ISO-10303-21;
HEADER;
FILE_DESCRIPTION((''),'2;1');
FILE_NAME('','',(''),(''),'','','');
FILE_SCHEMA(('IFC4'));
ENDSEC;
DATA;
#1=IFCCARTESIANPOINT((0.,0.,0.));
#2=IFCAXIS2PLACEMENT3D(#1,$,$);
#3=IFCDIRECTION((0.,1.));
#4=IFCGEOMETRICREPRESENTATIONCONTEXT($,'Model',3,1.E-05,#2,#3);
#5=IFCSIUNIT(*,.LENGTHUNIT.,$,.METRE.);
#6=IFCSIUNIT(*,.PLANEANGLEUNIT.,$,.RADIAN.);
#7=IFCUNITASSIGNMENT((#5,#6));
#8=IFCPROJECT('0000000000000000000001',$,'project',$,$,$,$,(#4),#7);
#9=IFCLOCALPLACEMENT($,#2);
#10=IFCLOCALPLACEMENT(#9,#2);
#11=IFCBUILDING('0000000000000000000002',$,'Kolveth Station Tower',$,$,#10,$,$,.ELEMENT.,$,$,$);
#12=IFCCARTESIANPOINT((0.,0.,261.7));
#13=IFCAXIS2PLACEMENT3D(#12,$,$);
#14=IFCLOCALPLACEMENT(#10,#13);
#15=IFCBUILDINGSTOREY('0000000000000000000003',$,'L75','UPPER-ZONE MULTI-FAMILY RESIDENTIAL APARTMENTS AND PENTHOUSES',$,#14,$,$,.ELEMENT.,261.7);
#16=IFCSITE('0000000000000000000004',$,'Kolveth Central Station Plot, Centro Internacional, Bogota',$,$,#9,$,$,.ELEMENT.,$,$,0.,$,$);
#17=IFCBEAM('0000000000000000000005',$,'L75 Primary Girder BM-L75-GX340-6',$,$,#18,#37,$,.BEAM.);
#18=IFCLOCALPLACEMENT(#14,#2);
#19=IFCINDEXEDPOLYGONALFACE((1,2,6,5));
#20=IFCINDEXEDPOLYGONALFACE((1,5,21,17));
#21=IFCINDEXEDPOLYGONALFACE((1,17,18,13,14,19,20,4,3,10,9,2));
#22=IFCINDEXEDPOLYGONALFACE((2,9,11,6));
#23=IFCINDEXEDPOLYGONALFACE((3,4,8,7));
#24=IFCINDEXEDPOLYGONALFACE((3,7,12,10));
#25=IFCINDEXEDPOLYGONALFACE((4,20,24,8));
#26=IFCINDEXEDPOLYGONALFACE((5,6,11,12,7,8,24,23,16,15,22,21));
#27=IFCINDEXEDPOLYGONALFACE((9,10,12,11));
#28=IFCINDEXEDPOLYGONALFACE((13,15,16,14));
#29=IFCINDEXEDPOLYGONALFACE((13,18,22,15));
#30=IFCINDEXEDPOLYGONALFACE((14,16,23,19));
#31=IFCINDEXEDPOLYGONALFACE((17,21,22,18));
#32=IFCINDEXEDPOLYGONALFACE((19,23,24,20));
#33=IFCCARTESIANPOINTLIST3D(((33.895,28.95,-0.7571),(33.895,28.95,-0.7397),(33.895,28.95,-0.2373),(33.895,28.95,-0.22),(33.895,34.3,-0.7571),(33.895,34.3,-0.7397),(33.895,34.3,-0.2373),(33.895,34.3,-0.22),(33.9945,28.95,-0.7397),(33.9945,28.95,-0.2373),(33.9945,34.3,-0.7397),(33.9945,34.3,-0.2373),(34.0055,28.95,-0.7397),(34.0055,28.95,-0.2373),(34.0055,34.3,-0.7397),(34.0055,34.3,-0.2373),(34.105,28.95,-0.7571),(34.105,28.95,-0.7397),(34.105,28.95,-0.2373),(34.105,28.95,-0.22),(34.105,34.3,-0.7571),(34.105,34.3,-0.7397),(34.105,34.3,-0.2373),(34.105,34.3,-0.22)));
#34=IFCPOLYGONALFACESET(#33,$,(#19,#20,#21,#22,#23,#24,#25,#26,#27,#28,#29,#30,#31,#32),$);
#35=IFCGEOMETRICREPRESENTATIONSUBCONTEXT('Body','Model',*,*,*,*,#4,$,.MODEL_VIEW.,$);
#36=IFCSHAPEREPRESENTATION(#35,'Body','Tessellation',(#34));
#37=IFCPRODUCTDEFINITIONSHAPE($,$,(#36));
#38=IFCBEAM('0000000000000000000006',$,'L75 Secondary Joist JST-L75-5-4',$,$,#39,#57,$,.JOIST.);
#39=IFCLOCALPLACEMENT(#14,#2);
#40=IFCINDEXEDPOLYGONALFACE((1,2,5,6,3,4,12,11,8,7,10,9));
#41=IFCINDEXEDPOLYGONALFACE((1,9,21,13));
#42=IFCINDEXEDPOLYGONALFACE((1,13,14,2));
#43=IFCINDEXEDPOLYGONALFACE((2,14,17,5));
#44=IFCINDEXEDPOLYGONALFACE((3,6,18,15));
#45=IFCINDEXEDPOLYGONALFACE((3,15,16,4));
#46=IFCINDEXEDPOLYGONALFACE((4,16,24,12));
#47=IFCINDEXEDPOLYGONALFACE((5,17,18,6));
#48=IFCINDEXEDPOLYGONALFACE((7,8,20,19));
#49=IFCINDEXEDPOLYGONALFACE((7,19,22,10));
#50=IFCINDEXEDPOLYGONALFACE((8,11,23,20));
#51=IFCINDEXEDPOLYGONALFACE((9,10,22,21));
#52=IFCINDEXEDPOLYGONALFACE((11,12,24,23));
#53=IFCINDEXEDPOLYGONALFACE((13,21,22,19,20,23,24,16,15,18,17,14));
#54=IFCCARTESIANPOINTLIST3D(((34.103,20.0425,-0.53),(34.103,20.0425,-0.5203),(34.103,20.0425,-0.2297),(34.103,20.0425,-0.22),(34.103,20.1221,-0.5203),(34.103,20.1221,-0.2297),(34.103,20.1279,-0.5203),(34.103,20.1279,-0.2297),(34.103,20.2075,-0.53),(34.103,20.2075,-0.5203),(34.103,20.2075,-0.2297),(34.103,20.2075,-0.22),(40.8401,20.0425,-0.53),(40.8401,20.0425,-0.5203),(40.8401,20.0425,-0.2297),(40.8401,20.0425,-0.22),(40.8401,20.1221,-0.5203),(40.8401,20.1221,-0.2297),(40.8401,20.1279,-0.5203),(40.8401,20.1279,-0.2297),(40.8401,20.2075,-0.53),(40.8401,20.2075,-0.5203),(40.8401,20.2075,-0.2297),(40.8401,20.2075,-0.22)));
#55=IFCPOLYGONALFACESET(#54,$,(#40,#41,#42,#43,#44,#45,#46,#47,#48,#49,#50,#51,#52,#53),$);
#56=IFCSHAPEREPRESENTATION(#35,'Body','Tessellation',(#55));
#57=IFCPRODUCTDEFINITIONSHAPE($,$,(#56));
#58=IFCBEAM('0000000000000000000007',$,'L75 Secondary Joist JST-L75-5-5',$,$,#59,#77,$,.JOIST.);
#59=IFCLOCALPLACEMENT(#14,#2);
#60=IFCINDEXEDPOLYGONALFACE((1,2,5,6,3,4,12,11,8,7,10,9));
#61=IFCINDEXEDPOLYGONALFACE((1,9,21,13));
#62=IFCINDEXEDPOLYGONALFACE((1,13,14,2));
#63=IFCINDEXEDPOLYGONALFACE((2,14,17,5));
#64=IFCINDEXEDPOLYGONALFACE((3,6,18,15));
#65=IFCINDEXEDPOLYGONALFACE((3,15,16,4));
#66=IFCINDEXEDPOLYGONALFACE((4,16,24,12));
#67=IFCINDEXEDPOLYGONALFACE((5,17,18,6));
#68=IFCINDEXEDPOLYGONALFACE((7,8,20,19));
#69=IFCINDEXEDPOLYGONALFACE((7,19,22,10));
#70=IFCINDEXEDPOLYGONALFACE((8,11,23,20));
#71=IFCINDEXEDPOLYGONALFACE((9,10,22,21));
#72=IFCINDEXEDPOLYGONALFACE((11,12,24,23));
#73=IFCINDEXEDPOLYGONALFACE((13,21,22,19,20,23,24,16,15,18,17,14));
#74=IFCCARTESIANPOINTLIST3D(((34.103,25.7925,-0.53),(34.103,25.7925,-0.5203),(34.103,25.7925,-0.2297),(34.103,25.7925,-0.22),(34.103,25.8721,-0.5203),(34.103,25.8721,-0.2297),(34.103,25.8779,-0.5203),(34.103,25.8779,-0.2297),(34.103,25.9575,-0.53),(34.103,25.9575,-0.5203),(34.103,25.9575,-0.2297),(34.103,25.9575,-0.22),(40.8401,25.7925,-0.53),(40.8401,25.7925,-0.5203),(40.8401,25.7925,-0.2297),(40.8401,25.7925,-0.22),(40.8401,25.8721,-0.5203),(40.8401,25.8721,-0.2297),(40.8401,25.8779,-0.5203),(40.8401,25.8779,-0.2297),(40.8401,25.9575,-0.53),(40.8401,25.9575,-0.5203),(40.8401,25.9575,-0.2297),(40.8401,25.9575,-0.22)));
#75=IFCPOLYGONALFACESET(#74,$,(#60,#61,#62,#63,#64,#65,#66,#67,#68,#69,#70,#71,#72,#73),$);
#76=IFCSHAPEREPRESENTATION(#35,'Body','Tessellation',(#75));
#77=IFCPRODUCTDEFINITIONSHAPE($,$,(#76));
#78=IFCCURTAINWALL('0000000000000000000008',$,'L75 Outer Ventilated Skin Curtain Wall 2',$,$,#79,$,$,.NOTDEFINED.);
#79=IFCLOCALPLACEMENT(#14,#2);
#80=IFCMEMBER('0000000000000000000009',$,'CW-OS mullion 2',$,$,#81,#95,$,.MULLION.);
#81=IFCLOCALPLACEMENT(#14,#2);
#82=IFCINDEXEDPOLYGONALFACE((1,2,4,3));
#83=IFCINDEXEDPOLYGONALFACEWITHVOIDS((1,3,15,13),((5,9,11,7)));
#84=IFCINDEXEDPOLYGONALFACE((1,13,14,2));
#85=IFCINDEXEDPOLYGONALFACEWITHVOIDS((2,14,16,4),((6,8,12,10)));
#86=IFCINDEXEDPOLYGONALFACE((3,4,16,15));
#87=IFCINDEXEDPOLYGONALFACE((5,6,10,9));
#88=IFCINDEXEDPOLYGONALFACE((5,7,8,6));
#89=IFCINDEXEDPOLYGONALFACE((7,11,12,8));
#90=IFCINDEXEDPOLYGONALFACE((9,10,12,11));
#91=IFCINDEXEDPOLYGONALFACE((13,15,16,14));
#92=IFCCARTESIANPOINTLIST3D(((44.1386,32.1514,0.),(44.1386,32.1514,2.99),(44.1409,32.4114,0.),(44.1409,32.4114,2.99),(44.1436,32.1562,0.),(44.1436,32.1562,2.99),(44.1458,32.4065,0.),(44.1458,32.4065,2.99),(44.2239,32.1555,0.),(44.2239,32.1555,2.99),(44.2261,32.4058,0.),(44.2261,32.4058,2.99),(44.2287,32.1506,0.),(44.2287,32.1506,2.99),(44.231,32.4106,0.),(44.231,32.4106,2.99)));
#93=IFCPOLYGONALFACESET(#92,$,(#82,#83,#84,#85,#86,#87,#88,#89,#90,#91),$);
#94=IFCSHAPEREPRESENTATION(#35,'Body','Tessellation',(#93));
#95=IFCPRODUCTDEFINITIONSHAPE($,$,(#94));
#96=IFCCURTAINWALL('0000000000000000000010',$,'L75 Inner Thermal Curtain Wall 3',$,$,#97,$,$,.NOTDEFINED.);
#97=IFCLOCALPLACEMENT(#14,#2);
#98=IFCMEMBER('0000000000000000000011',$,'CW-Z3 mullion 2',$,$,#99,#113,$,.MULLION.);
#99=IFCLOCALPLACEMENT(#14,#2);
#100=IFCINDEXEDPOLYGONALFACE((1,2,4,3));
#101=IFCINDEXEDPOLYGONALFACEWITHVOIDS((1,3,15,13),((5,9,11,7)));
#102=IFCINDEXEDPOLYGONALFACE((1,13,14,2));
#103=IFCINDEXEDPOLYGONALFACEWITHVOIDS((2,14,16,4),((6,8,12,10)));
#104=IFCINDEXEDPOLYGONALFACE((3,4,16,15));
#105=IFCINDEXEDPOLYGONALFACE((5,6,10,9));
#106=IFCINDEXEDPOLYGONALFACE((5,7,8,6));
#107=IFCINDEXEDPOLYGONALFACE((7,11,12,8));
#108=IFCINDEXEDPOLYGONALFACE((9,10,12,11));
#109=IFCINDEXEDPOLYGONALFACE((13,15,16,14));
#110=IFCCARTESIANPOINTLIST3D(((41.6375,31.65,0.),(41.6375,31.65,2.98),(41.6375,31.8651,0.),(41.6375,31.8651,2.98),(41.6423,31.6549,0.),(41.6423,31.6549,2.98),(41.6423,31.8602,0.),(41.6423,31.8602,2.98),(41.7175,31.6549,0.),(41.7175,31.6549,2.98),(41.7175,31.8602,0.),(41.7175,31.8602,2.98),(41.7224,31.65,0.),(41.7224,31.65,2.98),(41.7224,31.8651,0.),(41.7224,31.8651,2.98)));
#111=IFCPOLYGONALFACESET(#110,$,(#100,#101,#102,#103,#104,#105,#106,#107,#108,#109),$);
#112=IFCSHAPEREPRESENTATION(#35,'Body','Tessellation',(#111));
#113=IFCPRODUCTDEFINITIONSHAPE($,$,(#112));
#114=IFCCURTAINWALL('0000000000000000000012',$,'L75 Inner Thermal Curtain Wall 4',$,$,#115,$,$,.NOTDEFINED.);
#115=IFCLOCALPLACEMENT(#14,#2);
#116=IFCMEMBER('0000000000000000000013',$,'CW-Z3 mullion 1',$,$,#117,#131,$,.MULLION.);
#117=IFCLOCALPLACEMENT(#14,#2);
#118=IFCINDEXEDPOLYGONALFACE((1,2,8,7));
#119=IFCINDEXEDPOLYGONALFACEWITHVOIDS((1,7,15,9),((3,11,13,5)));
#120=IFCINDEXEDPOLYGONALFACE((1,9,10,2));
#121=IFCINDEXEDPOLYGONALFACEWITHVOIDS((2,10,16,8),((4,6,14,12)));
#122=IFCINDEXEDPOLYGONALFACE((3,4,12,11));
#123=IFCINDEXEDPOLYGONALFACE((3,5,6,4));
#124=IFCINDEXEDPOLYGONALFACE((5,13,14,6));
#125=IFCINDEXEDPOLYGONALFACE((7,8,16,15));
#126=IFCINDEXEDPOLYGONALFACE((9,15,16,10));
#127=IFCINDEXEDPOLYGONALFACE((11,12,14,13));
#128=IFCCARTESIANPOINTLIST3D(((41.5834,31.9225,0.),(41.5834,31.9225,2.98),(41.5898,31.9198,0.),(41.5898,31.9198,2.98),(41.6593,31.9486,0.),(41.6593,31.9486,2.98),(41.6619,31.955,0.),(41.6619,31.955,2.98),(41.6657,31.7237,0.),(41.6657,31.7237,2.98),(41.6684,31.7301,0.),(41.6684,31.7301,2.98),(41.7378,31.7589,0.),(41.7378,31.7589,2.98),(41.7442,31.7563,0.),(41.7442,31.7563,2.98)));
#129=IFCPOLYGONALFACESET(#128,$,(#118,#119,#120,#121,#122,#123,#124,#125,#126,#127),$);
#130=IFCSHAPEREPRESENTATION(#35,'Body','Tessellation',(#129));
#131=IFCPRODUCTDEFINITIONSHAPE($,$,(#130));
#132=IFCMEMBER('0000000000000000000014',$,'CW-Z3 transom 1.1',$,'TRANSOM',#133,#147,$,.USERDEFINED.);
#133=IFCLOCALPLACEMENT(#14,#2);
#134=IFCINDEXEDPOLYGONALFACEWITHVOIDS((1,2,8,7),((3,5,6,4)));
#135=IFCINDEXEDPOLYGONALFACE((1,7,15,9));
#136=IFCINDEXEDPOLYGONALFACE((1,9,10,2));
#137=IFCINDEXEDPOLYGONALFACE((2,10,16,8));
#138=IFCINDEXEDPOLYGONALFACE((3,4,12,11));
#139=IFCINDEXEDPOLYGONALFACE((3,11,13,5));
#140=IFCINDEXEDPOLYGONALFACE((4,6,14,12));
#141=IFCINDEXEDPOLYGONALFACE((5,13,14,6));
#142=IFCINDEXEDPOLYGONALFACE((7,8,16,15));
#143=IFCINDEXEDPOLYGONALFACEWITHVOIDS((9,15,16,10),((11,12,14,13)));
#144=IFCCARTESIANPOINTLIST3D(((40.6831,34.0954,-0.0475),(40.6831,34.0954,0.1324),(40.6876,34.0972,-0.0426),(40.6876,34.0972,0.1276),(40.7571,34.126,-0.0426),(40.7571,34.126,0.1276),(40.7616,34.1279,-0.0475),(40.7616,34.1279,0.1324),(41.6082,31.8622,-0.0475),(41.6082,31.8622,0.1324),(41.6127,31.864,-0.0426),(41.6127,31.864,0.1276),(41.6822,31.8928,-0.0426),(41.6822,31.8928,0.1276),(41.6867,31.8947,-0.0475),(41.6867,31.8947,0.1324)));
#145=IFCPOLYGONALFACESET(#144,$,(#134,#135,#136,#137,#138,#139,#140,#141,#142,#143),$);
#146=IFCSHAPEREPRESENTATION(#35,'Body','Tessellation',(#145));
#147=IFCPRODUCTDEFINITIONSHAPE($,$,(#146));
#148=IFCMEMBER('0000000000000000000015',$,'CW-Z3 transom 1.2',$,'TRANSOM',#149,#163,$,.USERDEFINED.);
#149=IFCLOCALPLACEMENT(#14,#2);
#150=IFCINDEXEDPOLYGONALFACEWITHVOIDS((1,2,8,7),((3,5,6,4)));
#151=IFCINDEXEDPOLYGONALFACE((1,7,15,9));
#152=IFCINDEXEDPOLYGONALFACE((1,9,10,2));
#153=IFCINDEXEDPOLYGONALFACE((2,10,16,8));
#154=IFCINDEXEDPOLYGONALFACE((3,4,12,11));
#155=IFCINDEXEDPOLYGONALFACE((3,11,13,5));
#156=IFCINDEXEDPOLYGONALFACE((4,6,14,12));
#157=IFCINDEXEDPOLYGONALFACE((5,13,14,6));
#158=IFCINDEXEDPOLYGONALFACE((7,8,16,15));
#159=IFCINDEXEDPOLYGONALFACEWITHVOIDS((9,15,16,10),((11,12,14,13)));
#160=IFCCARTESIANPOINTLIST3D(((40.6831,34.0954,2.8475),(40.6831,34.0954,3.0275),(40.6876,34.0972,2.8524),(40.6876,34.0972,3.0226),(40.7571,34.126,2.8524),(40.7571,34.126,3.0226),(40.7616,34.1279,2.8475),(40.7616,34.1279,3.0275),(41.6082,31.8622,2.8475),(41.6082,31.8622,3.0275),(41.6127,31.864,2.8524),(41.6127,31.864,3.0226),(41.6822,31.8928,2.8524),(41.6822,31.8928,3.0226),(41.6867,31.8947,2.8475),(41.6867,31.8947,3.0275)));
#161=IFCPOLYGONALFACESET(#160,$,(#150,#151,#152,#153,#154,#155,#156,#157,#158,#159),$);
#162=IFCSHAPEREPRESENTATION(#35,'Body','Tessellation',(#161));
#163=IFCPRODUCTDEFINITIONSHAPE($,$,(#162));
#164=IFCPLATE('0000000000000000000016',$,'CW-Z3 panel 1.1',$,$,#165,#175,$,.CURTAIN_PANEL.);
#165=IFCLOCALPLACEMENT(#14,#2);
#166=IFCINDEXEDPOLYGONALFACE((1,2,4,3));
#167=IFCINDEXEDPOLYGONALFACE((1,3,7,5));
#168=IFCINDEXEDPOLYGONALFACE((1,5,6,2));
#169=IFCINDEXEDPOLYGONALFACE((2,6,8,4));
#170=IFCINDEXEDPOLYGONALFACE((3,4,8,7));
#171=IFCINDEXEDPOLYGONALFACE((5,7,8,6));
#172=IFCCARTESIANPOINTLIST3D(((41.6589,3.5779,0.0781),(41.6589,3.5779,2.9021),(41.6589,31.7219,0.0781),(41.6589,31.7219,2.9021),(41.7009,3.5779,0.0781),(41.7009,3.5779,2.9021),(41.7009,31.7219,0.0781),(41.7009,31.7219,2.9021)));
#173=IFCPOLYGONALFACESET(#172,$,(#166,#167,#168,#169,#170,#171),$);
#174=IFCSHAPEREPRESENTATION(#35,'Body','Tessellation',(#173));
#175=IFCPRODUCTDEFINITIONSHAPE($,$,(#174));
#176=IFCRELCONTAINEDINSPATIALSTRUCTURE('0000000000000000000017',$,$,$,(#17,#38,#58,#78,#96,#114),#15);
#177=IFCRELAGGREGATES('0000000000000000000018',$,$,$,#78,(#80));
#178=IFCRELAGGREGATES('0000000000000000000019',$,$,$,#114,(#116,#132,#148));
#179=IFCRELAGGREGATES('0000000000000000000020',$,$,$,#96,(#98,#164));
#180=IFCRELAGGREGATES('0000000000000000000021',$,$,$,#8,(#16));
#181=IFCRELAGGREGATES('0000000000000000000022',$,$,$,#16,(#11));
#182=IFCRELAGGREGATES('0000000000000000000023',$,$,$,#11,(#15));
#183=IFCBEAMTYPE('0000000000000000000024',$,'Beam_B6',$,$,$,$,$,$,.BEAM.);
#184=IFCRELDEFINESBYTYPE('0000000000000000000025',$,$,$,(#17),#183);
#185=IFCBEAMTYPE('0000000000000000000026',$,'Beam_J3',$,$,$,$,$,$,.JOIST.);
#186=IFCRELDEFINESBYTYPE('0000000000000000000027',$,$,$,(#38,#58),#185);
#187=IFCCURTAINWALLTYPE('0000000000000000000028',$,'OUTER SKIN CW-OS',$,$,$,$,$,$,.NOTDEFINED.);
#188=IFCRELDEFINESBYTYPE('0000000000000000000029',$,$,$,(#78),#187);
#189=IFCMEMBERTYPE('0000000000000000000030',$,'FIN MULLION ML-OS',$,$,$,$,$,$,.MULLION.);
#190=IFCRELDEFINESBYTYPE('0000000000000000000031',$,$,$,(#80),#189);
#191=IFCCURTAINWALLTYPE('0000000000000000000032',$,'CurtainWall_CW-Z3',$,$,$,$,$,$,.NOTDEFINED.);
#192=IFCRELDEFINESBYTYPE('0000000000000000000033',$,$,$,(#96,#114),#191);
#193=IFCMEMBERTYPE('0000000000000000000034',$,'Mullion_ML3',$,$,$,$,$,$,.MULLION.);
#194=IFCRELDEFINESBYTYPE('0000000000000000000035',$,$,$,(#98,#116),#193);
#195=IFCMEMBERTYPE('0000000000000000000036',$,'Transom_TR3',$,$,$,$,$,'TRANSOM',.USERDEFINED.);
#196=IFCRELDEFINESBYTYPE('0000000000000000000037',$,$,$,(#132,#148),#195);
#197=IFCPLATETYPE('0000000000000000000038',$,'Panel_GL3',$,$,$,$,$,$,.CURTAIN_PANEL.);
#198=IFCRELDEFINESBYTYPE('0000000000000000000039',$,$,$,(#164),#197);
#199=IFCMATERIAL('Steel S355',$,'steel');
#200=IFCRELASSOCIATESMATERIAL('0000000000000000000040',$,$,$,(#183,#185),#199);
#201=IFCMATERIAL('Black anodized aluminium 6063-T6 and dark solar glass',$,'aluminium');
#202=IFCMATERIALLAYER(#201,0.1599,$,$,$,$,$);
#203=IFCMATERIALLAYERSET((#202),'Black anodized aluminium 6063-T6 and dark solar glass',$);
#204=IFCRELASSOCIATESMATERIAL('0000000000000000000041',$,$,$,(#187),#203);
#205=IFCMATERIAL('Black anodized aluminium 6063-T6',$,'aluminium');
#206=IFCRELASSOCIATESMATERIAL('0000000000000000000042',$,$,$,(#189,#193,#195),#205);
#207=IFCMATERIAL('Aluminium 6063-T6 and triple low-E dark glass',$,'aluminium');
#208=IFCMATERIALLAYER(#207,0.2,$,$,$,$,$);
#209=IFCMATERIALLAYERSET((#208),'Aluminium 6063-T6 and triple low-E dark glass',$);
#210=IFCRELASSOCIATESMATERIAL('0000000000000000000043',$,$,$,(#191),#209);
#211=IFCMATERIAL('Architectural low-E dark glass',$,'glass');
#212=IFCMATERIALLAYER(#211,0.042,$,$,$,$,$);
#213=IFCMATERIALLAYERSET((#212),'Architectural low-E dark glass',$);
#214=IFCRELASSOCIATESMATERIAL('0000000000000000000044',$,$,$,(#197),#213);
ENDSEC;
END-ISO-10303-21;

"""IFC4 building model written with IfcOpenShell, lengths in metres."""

from ifc_helpers import new_model, si_unit, direction, frame, origin, origin_2d, place, context, subcontext, project, spatial, rectangle, hollow_rectangle, i_section, extrude, source, transform, mapped, material, layer, layer_set, material_profile, profile_set, type_object, element, aggregate, save


model = new_model("IFC4")

# Units and contexts
model_context = context("Model", 3, precision=1e-05, world=origin(), true_north=direction((0.0, 1.0)))
body_context = subcontext(model_context, "Body", "Model", "MODEL_VIEW")
ifc_project = project(units=[si_unit("LENGTHUNIT", "METRE"), si_unit("PLANEANGLEUNIT", "RADIAN")], contexts=[model_context])

# Site, building, storey
site_placement = place(None, origin())
site = spatial("IfcSite", under=ifc_project, at=site_placement, Name="Kolveth Central Station Plot, Centro Internacional, Bogota", CompositionType="ELEMENT", RefElevation=0.0)
building_placement = place(site_placement, origin())
building = spatial("IfcBuilding", under=site, at=building_placement, Name="Kolveth Station Tower", CompositionType="ELEMENT")
storey_placement = place(building_placement, frame((0.0, 0.0, 261.7)))
storey = spatial("IfcBuildingStorey", under=building, at=storey_placement, Name="L75", Description="UPPER-ZONE MULTI-FAMILY RESIDENTIAL APARTMENTS AND PENTHOUSES", CompositionType="ELEMENT", Elevation=261.7)

# Shared definitions
ifc_material_1 = material(Name="Steel S355", Category="steel")

# Beams
ifc_material_profile_1 = material_profile(ifc_material_1, i_section(OverallWidth=0.21, OverallDepth=0.5371, WebThickness=0.011, FlangeThickness=0.0173, at=origin_2d()), Name="W530x101")
ifc_profile_set_1 = profile_set([ifc_material_profile_1], Name="Steel S355")
beam_type_1 = type_object("IfcBeamType", Name="Beam_B6", PredefinedType="BEAM", material=ifc_profile_set_1)
shared_shape_1 = source(origin(), body_context, "Body", "SweptSolid", [
    extrude(i_section(OverallWidth=0.21, OverallDepth=0.5371, WebThickness=0.011, FlangeThickness=0.0173, at=origin_2d()), origin(), (0.0, 0.0, 1.0), 5.3501),
])
beam_1_placement = place(storey_placement, frame((34.0, 28.95, -0.4885), z_axis=(0.0, 1.0, 0.0), x_axis=(-1.0, 0.0, 0.0)))
element("IfcBeam", 1, at=beam_1_placement, inside=storey, type_object=beam_type_1, Name="L75 Primary Girder BM-L75-GX340-6", PredefinedType="BEAM", context=body_context, shape_type="MappedRepresentation", body=[
    mapped(shared_shape_1, transform((0.0, 0.0, 0.0), x_axis=(1.0, 0.0, 0.0), y_axis=(0.0, 1.0, 0.0), z_axis=(0.0, 0.0, 1.0), scale=1.0)),
])
ifc_material_profile_2 = material_profile(ifc_material_1, i_section(OverallWidth=0.165, OverallDepth=0.3101, WebThickness=0.0059, FlangeThickness=0.0098, at=origin_2d()), Name="W310x39")
ifc_profile_set_2 = profile_set([ifc_material_profile_2], Name="Steel S355")
beam_type_2 = type_object("IfcBeamType", Name="Beam_J3", PredefinedType="JOIST", material=ifc_profile_set_2)
shared_shape_2 = source(origin(), body_context, "Body", "SweptSolid", [
    extrude(i_section(OverallWidth=0.165, OverallDepth=0.3101, WebThickness=0.0059, FlangeThickness=0.0098, at=origin_2d()), origin(), (0.0, 0.0, 1.0), 6.7371),
])
for number, where, z_axis, x_axis, name in (
    (2, (34.103, 20.125, -0.375), (1.0, 0.0, 0.0), (0.0, 1.0, 0.0), "L75 Secondary Joist JST-L75-5-4"),
    (3, (34.103, 25.875, -0.375), (1.0, 0.0, 0.0), (0.0, 1.0, 0.0), "L75 Secondary Joist JST-L75-5-5"),
):
    element("IfcBeam", number, at=place(storey_placement, frame(where, z_axis=z_axis, x_axis=x_axis)), inside=storey, type_object=beam_type_2, Name=name, PredefinedType="JOIST", context=body_context, shape_type="MappedRepresentation", body=[
        mapped(shared_shape_2, transform((0.0, 0.0, 0.0), x_axis=(1.0, 0.0, 0.0), y_axis=(0.0, 1.0, 0.0), z_axis=(0.0, 0.0, 1.0), scale=1.0)),
    ])

# Curtain walls, members
ifc_material_2 = material(Name="Black anodized aluminium 6063-T6 and dark solar glass", Category="aluminium")
ifc_layer_1 = layer(ifc_material_2, 0.1599)
ifc_layer_set_1 = layer_set([ifc_layer_1], Name="Black anodized aluminium 6063-T6 and dark solar glass")
curtain_wall_type_1 = type_object("IfcCurtainWallType", Name="OUTER SKIN CW-OS", PredefinedType="NOTDEFINED", material=ifc_layer_set_1)
curtain_wall_1_placement = place(storey_placement, origin())
curtain_wall_1 = element("IfcCurtainWall", 4, at=curtain_wall_1_placement, inside=storey, type_object=curtain_wall_type_1, Name="L75 Outer Ventilated Skin Curtain Wall 2", PredefinedType="NOTDEFINED")
ifc_material_3 = material(Name="Black anodized aluminium 6063-T6", Category="aluminium")
ifc_material_profile_3 = material_profile(ifc_material_3, hollow_rectangle(XDim=0.0901, YDim=0.26, WallThickness=0.0049, at=origin_2d()), Name="ALU-90x260x5")
ifc_profile_set_3 = profile_set([ifc_material_profile_3], Name="Black anodized aluminium 6063-T6")
member_type_1 = type_object("IfcMemberType", Name="FIN MULLION ML-OS", PredefinedType="MULLION", material=ifc_profile_set_3)
shared_shape_3 = source(origin(), body_context, "Body", "SweptSolid", [
    extrude(hollow_rectangle(XDim=0.0901, YDim=0.26, WallThickness=0.0049, at=origin_2d()), origin(), (0.0, 0.0, 1.0), 2.99),
])
member_1_placement = place(storey_placement, frame((44.1848, 32.281, 0.0), z_axis=(0.0, 0.0, 1.0), x_axis=(-0.999961, 0.008779, 0.0)))
member_1 = element("IfcMember", 5, at=member_1_placement, type_object=member_type_1, Name="CW-OS mullion 2", PredefinedType="MULLION", context=body_context, shape_type="MappedRepresentation", body=[
    mapped(shared_shape_3, transform((0.0, 0.0, 0.0), x_axis=(1.0, 0.0, 0.0), y_axis=(0.0, 1.0, 0.0), z_axis=(0.0, 0.0, 1.0), scale=1.0)),
])
aggregate(curtain_wall_1, [member_1])
ifc_material_4 = material(Name="Aluminium 6063-T6 and triple low-E dark glass", Category="aluminium")
ifc_layer_2 = layer(ifc_material_4, 0.2)
ifc_layer_set_2 = layer_set([ifc_layer_2], Name="Aluminium 6063-T6 and triple low-E dark glass")
curtain_wall_type_2 = type_object("IfcCurtainWallType", Name="CurtainWall_CW-Z3", PredefinedType="NOTDEFINED", material=ifc_layer_set_2)
curtain_wall_2_placement = place(storey_placement, origin())
curtain_wall_2 = element("IfcCurtainWall", 6, at=curtain_wall_2_placement, inside=storey, type_object=curtain_wall_type_2, Name="L75 Inner Thermal Curtain Wall 3", PredefinedType="NOTDEFINED")
ifc_material_profile_4 = material_profile(ifc_material_3, hollow_rectangle(XDim=0.085, YDim=0.2151, WallThickness=0.0049, at=origin_2d()), Name="ALU-85x215x5")
ifc_profile_set_4 = profile_set([ifc_material_profile_4], Name="Black anodized aluminium 6063-T6")
member_type_2 = type_object("IfcMemberType", Name="Mullion_ML3", PredefinedType="MULLION", material=ifc_profile_set_4)
shared_shape_4 = source(origin(), body_context, "Body", "SweptSolid", [
    extrude(hollow_rectangle(XDim=0.085, YDim=0.2151, WallThickness=0.0049, at=origin_2d()), origin(), (0.0, 0.0, 1.0), 2.98),
])
member_2_placement = place(storey_placement, frame((41.6799, 31.7576, 0.0), z_axis=(0.0, 0.0, 1.0), x_axis=(-1.0, 0.0, 0.0)))
member_2 = element("IfcMember", 7, at=member_2_placement, type_object=member_type_2, Name="CW-Z3 mullion 2", PredefinedType="MULLION", context=body_context, shape_type="MappedRepresentation", body=[
    mapped(shared_shape_4, transform((0.0, 0.0, 0.0), x_axis=(1.0, 0.0, 0.0), y_axis=(0.0, 1.0, 0.0), z_axis=(0.0, 0.0, 1.0), scale=1.0)),
])

# Curtain wall, members
curtain_wall_3_placement = place(storey_placement, origin())
curtain_wall_3 = element("IfcCurtainWall", 8, at=curtain_wall_3_placement, inside=storey, type_object=curtain_wall_type_2, Name="L75 Inner Thermal Curtain Wall 4", PredefinedType="NOTDEFINED")
member_3_placement = place(storey_placement, frame((41.6638, 31.8394, 0.0), z_axis=(0.0, 0.0, 1.0), x_axis=(-0.923875, -0.382693, 0.0)))
member_3 = element("IfcMember", 9, at=member_3_placement, type_object=member_type_2, Name="CW-Z3 mullion 1", PredefinedType="MULLION", context=body_context, shape_type="MappedRepresentation", body=[
    mapped(shared_shape_4, transform((0.0, 0.0, 0.0), x_axis=(1.0, 0.0, 0.0), y_axis=(0.0, 1.0, 0.0), z_axis=(0.0, 0.0, 1.0), scale=1.0)),
])
ifc_material_profile_5 = material_profile(ifc_material_3, hollow_rectangle(XDim=0.085, YDim=0.1799, WallThickness=0.0049, at=origin_2d()), Name="ALU-85x180x5")
ifc_profile_set_5 = profile_set([ifc_material_profile_5], Name="Black anodized aluminium 6063-T6")
member_type_3 = type_object("IfcMemberType", Name="Transom_TR3", ElementType="TRANSOM", PredefinedType="USERDEFINED", material=ifc_profile_set_5)
shared_shape_5 = source(origin(), body_context, "Body", "SweptSolid", [
    extrude(hollow_rectangle(XDim=0.085, YDim=0.1799, WallThickness=0.0049, at=origin_2d()), origin(), (0.0, 0.0, 1.0), 2.4172),
])
member_4_placement = place(storey_placement, frame((41.6475, 31.8784, 0.0425), z_axis=(-0.3827, 0.923873, 0.0), x_axis=(-0.923873, -0.3827, 0.0)))
member_4 = element("IfcMember", 10, at=member_4_placement, type_object=member_type_3, Name="CW-Z3 transom 1.1", ObjectType="TRANSOM", PredefinedType="USERDEFINED", context=body_context, shape_type="MappedRepresentation", body=[
    mapped(shared_shape_5, transform((0.0, 0.0, 0.0), x_axis=(1.0, 0.0, 0.0), y_axis=(0.0, 1.0, 0.0), z_axis=(0.0, 0.0, 1.0), scale=1.0)),
])
member_5_placement = place(storey_placement, frame((41.6475, 31.8784, 2.9375), z_axis=(-0.3827, 0.923873, 0.0), x_axis=(-0.923873, -0.3827, 0.0)))
member_5 = element("IfcMember", 11, at=member_5_placement, type_object=member_type_3, Name="CW-Z3 transom 1.2", ObjectType="TRANSOM", PredefinedType="USERDEFINED", context=body_context, shape_type="MappedRepresentation", body=[
    mapped(shared_shape_5, transform((0.0, 0.0, 0.0), x_axis=(1.0, 0.0, 0.0), y_axis=(0.0, 1.0, 0.0), z_axis=(0.0, 0.0, 1.0), scale=1.0)),
])
aggregate(curtain_wall_3, [member_3, member_4, member_5])

# Plate
ifc_material_5 = material(Name="Architectural low-E dark glass", Category="glass")
ifc_layer_3 = layer(ifc_material_5, 0.042)
ifc_layer_set_3 = layer_set([ifc_layer_3], Name="Architectural low-E dark glass")
plate_type = type_object("IfcPlateType", Name="Panel_GL3", PredefinedType="CURTAIN_PANEL", material=ifc_layer_set_3)
shared_shape_6 = source(origin(), body_context, "Body", "SweptSolid", [
    extrude(rectangle(XDim=28.144, YDim=0.042, at=origin_2d()), origin(), (0.0, 0.0, 1.0), 2.824),
])
plate_placement = place(storey_placement, frame((41.6799, 17.6499, 0.0781), z_axis=(0.0, 0.0, 1.0), x_axis=(0.0, 1.0, 0.0)))
plate = element("IfcPlate", 12, at=plate_placement, type_object=plate_type, Name="CW-Z3 panel 1.1", PredefinedType="CURTAIN_PANEL", context=body_context, shape_type="MappedRepresentation", body=[
    mapped(shared_shape_6, transform((0.0, 0.0, 0.0), x_axis=(1.0, 0.0, 0.0), y_axis=(0.0, 1.0, 0.0), z_axis=(0.0, 0.0, 1.0), scale=1.0)),
])
aggregate(curtain_wall_2, [member_2, plate])

save(model, "model.ifc")
